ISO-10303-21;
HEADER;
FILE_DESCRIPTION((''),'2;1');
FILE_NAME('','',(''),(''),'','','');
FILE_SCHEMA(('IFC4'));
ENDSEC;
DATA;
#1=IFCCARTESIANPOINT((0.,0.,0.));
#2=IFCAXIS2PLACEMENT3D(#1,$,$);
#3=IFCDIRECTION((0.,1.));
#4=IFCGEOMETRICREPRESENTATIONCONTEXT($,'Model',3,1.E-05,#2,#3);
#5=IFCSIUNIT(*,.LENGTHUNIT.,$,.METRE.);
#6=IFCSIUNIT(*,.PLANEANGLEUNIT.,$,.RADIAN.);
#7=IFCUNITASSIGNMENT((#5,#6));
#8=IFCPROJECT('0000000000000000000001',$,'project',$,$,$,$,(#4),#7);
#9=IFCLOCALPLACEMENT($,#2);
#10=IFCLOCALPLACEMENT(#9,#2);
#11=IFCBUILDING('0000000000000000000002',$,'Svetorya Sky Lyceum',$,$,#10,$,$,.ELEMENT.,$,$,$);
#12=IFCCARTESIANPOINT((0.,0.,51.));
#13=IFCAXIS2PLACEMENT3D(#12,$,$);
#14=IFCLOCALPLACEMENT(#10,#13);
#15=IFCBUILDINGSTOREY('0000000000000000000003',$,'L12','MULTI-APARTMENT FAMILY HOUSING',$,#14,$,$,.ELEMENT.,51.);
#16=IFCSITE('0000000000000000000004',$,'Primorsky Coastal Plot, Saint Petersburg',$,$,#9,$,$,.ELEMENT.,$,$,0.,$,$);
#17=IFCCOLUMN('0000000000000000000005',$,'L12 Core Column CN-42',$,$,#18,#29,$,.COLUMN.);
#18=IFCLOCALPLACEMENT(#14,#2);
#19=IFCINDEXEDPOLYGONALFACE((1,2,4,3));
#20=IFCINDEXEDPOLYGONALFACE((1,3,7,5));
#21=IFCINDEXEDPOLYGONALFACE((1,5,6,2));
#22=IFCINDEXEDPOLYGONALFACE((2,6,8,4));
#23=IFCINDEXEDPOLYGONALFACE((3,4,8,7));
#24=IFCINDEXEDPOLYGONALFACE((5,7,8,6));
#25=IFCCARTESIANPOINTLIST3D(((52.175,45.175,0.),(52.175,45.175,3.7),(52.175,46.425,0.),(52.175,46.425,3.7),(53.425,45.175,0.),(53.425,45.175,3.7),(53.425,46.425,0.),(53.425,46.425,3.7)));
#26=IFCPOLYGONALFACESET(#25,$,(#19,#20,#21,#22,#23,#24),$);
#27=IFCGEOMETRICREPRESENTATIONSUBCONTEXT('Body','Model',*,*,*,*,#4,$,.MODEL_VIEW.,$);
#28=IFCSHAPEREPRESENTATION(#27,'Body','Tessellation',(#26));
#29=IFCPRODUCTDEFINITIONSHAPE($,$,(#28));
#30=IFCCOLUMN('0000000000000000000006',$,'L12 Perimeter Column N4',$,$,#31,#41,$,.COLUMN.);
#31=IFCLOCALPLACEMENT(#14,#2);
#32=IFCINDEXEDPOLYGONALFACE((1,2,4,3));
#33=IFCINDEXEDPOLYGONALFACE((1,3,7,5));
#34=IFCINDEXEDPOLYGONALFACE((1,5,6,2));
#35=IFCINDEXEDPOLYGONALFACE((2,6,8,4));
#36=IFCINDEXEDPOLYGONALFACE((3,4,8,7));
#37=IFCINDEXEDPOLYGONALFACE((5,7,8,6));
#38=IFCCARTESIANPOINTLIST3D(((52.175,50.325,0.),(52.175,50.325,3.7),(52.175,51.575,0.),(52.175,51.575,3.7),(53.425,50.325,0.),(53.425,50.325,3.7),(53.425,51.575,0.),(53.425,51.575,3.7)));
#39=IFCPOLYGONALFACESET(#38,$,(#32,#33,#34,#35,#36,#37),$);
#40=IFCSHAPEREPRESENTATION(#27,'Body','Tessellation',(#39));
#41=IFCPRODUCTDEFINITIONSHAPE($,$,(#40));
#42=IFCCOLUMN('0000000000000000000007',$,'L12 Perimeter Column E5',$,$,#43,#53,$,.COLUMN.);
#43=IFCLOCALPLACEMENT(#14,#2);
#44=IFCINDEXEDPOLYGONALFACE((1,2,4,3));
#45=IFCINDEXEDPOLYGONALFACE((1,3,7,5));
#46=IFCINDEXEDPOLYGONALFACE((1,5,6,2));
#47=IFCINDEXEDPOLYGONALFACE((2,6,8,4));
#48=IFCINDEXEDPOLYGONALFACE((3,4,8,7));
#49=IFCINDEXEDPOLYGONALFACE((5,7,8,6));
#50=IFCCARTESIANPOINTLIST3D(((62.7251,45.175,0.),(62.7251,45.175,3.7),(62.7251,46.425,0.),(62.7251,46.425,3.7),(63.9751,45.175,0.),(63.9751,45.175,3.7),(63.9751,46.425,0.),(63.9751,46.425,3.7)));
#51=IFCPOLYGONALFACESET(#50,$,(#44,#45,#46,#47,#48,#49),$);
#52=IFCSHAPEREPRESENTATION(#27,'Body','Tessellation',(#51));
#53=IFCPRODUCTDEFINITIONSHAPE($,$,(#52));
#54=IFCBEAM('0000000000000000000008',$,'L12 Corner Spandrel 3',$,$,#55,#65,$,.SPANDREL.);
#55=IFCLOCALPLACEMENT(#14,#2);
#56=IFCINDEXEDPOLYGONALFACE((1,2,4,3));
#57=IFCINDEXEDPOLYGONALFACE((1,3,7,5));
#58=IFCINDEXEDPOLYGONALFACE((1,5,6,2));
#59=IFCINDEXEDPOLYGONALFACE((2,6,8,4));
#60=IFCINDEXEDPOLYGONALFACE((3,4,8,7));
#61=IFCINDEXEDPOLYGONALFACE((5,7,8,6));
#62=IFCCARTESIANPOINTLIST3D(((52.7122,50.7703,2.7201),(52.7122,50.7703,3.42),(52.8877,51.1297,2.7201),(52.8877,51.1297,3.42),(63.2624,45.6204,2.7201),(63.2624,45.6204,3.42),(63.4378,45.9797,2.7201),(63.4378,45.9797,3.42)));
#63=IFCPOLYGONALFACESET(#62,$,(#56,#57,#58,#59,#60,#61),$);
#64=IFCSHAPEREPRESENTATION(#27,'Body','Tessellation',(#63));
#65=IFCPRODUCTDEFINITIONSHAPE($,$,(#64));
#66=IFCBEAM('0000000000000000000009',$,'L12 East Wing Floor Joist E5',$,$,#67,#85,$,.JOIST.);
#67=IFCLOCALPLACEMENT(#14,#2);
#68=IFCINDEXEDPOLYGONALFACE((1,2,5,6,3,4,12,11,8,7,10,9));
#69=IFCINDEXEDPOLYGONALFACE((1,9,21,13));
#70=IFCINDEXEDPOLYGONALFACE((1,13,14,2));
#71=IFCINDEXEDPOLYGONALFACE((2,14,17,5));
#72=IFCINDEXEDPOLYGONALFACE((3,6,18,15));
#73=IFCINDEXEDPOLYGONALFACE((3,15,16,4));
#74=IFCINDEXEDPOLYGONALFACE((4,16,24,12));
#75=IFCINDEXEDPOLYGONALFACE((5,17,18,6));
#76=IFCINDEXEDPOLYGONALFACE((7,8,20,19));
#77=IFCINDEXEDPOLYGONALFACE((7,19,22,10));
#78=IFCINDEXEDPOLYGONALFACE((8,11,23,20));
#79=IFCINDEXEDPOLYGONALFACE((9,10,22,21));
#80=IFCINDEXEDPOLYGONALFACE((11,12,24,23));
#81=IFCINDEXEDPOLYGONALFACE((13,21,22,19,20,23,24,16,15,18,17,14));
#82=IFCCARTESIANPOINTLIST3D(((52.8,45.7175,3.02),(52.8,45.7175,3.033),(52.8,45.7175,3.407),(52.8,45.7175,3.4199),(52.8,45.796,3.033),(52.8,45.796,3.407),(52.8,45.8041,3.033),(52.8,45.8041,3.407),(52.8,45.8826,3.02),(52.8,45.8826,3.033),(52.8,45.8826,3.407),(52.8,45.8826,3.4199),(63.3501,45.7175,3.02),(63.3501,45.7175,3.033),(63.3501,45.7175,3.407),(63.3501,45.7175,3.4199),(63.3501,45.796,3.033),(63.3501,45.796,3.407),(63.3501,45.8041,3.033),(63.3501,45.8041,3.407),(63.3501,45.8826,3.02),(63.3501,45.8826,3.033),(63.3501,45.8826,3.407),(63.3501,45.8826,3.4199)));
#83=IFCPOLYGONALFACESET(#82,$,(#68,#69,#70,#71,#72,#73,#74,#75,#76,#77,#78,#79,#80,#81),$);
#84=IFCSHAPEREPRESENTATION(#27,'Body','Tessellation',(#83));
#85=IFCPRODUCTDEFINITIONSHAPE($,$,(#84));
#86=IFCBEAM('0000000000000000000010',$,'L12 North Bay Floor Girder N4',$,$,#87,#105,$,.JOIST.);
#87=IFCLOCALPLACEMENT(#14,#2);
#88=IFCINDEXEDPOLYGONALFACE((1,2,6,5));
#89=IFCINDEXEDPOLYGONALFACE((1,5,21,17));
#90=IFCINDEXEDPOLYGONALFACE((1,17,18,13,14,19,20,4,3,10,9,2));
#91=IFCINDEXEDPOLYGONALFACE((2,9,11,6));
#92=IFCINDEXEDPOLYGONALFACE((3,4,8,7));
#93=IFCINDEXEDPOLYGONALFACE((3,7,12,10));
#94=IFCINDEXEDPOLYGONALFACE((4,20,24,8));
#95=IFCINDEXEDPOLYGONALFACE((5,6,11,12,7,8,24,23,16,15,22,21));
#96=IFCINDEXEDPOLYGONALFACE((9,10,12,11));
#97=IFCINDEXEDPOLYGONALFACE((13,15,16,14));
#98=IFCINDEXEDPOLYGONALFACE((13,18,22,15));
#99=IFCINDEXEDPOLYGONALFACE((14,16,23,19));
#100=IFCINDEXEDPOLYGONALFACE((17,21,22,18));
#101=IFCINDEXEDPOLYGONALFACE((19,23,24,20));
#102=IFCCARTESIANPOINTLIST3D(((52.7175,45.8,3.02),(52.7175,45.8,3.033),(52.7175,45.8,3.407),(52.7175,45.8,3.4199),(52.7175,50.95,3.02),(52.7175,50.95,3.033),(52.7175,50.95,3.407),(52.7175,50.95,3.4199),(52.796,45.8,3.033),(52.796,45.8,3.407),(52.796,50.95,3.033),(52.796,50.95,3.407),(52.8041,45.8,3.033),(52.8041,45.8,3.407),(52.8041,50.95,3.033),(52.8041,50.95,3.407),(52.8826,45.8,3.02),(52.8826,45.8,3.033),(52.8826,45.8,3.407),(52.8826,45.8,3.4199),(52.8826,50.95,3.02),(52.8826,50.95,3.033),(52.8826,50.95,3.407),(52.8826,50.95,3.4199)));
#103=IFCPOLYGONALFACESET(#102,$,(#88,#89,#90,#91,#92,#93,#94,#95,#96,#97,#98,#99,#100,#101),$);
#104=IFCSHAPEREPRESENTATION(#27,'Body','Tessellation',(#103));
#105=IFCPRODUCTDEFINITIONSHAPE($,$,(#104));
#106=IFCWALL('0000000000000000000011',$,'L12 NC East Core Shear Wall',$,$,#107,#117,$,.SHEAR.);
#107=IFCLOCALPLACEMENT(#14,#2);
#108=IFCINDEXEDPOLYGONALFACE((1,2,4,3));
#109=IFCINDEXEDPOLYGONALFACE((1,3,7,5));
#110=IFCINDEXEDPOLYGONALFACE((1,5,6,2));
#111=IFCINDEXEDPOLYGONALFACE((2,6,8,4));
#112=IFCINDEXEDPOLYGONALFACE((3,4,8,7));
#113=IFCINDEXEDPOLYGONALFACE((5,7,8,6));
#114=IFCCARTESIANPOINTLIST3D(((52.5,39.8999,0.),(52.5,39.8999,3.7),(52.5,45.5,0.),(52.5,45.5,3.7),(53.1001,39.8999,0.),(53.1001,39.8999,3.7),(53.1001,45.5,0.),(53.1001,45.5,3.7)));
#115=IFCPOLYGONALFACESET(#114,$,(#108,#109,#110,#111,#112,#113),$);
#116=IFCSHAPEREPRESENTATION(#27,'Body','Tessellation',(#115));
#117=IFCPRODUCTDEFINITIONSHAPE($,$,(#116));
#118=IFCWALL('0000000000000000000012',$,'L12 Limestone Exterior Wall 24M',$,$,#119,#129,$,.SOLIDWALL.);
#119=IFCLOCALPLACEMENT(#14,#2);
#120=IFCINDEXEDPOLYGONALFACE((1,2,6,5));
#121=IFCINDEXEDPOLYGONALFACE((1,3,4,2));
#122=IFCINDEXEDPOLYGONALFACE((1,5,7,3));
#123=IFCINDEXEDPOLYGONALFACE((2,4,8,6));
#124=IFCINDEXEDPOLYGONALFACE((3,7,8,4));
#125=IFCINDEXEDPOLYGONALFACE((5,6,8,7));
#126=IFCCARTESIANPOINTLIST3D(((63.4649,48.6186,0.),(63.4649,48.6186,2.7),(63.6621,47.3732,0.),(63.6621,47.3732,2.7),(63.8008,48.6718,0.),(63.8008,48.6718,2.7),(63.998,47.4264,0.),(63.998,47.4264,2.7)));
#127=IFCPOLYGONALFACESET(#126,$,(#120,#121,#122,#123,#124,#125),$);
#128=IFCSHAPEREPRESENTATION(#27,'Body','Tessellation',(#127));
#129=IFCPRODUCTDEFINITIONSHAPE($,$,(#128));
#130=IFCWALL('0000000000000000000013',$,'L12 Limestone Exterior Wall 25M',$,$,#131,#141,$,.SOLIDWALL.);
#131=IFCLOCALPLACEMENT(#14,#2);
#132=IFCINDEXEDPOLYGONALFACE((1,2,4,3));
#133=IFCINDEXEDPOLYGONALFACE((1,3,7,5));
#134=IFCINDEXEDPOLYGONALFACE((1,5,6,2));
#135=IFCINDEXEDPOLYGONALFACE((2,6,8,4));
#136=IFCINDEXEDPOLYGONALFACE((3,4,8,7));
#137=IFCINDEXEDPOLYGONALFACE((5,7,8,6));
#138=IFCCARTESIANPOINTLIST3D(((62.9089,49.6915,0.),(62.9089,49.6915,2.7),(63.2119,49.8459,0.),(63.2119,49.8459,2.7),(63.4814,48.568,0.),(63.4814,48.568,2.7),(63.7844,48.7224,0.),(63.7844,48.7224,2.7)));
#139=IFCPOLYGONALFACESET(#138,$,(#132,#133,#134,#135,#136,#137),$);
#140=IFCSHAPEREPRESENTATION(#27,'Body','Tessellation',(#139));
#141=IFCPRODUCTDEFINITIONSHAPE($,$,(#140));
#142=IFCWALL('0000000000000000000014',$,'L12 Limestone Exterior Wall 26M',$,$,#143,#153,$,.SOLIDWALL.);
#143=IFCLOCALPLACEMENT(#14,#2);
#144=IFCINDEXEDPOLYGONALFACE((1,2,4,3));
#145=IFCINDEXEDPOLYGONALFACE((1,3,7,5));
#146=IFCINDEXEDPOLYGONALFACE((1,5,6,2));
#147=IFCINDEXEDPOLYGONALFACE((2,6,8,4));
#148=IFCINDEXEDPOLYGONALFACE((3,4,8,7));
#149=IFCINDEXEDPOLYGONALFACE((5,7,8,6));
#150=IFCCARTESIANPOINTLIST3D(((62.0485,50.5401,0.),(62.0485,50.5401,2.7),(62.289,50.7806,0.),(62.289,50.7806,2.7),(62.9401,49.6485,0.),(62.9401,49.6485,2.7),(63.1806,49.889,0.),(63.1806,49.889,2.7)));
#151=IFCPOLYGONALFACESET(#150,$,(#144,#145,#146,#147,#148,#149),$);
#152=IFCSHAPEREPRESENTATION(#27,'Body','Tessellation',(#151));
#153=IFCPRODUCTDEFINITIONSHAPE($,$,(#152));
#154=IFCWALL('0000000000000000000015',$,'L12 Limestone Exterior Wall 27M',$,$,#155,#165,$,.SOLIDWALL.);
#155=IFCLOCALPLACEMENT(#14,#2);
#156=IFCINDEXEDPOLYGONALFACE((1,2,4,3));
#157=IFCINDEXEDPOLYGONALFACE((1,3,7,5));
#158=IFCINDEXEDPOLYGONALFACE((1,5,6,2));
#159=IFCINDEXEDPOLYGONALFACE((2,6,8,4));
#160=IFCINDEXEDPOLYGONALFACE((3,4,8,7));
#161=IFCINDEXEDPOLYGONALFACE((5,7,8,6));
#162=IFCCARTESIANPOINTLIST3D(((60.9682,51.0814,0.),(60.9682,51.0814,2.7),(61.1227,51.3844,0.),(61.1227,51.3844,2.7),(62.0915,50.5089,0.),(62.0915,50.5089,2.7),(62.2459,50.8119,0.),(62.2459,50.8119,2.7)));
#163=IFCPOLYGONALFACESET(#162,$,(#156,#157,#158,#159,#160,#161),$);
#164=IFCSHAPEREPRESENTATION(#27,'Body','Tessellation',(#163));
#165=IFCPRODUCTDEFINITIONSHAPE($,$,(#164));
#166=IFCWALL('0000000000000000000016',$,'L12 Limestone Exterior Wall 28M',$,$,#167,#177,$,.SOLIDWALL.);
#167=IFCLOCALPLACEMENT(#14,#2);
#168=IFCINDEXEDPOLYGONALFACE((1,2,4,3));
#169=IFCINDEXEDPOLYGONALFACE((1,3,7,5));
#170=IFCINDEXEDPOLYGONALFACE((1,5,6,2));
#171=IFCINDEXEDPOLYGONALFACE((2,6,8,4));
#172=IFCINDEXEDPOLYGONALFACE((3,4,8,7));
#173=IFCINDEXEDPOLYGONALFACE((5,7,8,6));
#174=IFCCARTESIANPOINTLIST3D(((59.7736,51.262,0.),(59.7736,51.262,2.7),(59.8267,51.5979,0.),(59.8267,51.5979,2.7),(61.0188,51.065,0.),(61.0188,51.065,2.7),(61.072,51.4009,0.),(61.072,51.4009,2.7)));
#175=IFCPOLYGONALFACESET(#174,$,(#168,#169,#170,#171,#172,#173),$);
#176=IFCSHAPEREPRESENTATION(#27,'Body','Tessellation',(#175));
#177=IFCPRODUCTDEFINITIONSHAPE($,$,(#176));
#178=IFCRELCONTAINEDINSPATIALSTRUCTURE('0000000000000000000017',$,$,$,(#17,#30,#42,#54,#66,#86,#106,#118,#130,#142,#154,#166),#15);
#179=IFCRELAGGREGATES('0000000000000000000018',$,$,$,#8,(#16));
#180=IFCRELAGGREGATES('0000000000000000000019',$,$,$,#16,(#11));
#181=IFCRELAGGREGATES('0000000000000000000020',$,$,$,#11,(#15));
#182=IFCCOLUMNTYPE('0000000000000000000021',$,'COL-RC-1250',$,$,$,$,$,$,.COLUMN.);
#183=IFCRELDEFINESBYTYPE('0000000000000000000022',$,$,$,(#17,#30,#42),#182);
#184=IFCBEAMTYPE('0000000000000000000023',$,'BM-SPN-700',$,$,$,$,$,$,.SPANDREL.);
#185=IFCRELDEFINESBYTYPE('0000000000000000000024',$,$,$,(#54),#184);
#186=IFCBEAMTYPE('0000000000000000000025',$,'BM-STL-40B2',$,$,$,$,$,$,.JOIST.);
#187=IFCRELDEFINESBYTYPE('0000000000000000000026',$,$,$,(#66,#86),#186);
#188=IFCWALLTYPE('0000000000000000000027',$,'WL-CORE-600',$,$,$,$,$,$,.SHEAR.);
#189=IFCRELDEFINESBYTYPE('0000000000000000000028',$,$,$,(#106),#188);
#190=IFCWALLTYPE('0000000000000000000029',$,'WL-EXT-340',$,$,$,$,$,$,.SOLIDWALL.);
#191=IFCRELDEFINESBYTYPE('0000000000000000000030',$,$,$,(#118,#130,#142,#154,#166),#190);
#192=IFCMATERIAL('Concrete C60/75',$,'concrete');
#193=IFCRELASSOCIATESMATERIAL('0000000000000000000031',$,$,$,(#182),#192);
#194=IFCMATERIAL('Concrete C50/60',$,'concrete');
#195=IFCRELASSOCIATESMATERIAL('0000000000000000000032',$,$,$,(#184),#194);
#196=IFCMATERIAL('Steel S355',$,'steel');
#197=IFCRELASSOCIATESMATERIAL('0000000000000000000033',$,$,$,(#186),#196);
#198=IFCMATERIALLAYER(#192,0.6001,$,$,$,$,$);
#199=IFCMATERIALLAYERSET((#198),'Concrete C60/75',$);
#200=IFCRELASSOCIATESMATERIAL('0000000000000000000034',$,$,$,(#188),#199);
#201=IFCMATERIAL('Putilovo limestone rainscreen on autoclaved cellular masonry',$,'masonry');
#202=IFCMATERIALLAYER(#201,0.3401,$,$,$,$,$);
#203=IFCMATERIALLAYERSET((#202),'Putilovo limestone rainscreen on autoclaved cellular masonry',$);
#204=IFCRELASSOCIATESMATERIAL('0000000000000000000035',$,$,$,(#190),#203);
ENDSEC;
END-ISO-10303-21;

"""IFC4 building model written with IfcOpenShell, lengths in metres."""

from ifc_helpers import new_model, si_unit, direction, frame, frame_2d, origin, origin_2d, place, context, subcontext, project, spatial, rectangle, i_section, extrude, material, layer, layer_set, material_profile, profile_set, type_object, element, save


model = new_model("IFC4")

# Units and contexts
model_context = context("Model", 3, precision=1e-05, world=origin(), true_north=direction((0.0, 1.0)))
body_context = subcontext(model_context, "Body", "Model", "MODEL_VIEW")
ifc_project = project(units=[si_unit("LENGTHUNIT", "METRE"), si_unit("PLANEANGLEUNIT", "RADIAN")], contexts=[model_context])

# Site, building, storey
site_placement = place(None, origin())
site = spatial("IfcSite", under=ifc_project, at=site_placement, Name="Primorsky Coastal Plot, Saint Petersburg", CompositionType="ELEMENT", RefElevation=0.0)
building_placement = place(site_placement, origin())
building = spatial("IfcBuilding", under=site, at=building_placement, Name="Svetorya Sky Lyceum", CompositionType="ELEMENT")
storey_placement = place(building_placement, frame((0.0, 0.0, 51.0)))
storey = spatial("IfcBuildingStorey", under=building, at=storey_placement, Name="L12", Description="MULTI-APARTMENT FAMILY HOUSING", CompositionType="ELEMENT", Elevation=51.0)

# Columns
ifc_material_1 = material(Name="Concrete C60/75", Category="concrete")
ifc_material_profile_1 = material_profile(ifc_material_1, rectangle(XDim=1.25, YDim=1.25, at=origin_2d()), Name="RC COL 1250x1250")
ifc_profile_set_1 = profile_set([ifc_material_profile_1], Name="Concrete C60/75")
column_type = type_object("IfcColumnType", Name="COL-RC-1250", PredefinedType="COLUMN", material=ifc_profile_set_1)
for number, where, z_axis, x_axis, name in (
    (1, (52.8, 45.8, 0.0), (0.0, 0.0, 1.0), (1.0, 0.0, 0.0), "L12 Core Column CN-42"),
    (2, (52.8, 50.95, 0.0), (0.0, 0.0, 1.0), (1.0, 0.0, 0.0), "L12 Perimeter Column N4"),
    (3, (63.3501, 45.8, 0.0), (0.0, 0.0, 1.0), (1.0, 0.0, 0.0), "L12 Perimeter Column E5"),
):
    element("IfcColumn", number, at=place(storey_placement, frame(where, z_axis=z_axis, x_axis=x_axis)), inside=storey, type_object=column_type, Name=name, PredefinedType="COLUMN", context=body_context, shape_type="SweptSolid", body=[
        extrude(rectangle(XDim=1.25, YDim=1.25, at=origin_2d()), origin(), (0.0, 0.0, 1.0), 3.7),
    ])

# Beams
ifc_material_2 = material(Name="Concrete C50/60", Category="concrete")
ifc_material_profile_2 = material_profile(ifc_material_2, rectangle(XDim=0.3999, YDim=0.7, at=origin_2d()), Name="RC SPANDREL 400x700")
ifc_profile_set_2 = profile_set([ifc_material_profile_2], Name="Concrete C50/60")
beam_type_1 = type_object("IfcBeamType", Name="BM-SPN-700", PredefinedType="SPANDREL", material=ifc_profile_set_2)
beam_1_placement = place(storey_placement, frame((63.3501, 45.8, 3.0701), z_axis=(-0.89865, 0.438667, 0.0), x_axis=(-0.438667, -0.89865, 0.0)))
element("IfcBeam", 4, at=beam_1_placement, inside=storey, type_object=beam_type_1, Name="L12 Corner Spandrel 3", PredefinedType="SPANDREL", context=body_context, shape_type="SweptSolid", body=[
    extrude(rectangle(XDim=0.3999, YDim=0.7, at=origin_2d()), origin(), (0.0, 0.0, 1.0), 11.74),
])
ifc_material_3 = material(Name="Steel S355", Category="steel")
ifc_material_profile_3 = material_profile(ifc_material_3, i_section(OverallWidth=0.165, OverallDepth=0.3999, WebThickness=0.0081, FlangeThickness=0.0129, at=origin_2d()), Name="GOST 40B2")
ifc_profile_set_3 = profile_set([ifc_material_profile_3], Name="Steel S355")
beam_type_2 = type_object("IfcBeamType", Name="BM-STL-40B2", PredefinedType="JOIST", material=ifc_profile_set_3)
beam_2_placement = place(storey_placement, frame((52.8, 45.8, 3.22), z_axis=(1.0, 0.0, 0.0), x_axis=(0.0, 1.0, 0.0)))
element("IfcBeam", 5, at=beam_2_placement, inside=storey, type_object=beam_type_2, Name="L12 East Wing Floor Joist E5", PredefinedType="JOIST", context=body_context, shape_type="SweptSolid", body=[
    extrude(i_section(OverallWidth=0.165, OverallDepth=0.3999, WebThickness=0.0081, FlangeThickness=0.0129, at=origin_2d()), origin(), (0.0, 0.0, 1.0), 10.55),
])
beam_3_placement = place(storey_placement, frame((52.8, 45.8, 3.22), z_axis=(0.0, 1.0, 0.0), x_axis=(-1.0, 0.0, 0.0)))
element("IfcBeam", 6, at=beam_3_placement, inside=storey, type_object=beam_type_2, Name="L12 North Bay Floor Girder N4", PredefinedType="JOIST", context=body_context, shape_type="SweptSolid", body=[
    extrude(i_section(OverallWidth=0.165, OverallDepth=0.3999, WebThickness=0.0081, FlangeThickness=0.0129, at=origin_2d()), origin(), (0.0, 0.0, 1.0), 5.1499),
])

# Walls
ifc_layer_1 = layer(ifc_material_1, 0.6001)
ifc_layer_set_1 = layer_set([ifc_layer_1], Name="Concrete C60/75")
wall_type_1 = type_object("IfcWallType", Name="WL-CORE-600", PredefinedType="SHEAR", material=ifc_layer_set_1)
wall_1_placement = place(storey_placement, frame((52.8, 39.8999, 0.0), z_axis=(0.0, 0.0, 1.0), x_axis=(0.0, 1.0, 0.0)))
element("IfcWall", 7, at=wall_1_placement, inside=storey, type_object=wall_type_1, Name="L12 NC East Core Shear Wall", PredefinedType="SHEAR", context=body_context, shape_type="SweptSolid", body=[
    extrude(rectangle(XDim=5.6001, YDim=0.6001, at=frame_2d((2.8, 0.0))), origin(), (0.0, 0.0, 1.0), 3.7),
])
ifc_material_4 = material(Name="Putilovo limestone rainscreen on autoclaved cellular masonry", Category="masonry")
ifc_layer_2 = layer(ifc_material_4, 0.3401)
ifc_layer_set_2 = layer_set([ifc_layer_2], Name="Putilovo limestone rainscreen on autoclaved cellular masonry")
wall_type_2 = type_object("IfcWallType", Name="WL-EXT-340", PredefinedType="SOLIDWALL", material=ifc_layer_set_2)
for number, where, z_axis, x_axis, name in (
    (8, (63.8301, 47.3999, 0.0), (0.0, 0.0, 1.0), (-0.15645, 0.987686, 0.0), "L12 Limestone Exterior Wall 24M"),
    (9, (63.6328, 48.6453, 0.0), (0.0, 0.0, 1.0), (-0.454016, 0.890994, 0.0), "L12 Limestone Exterior Wall 25M"),
    (10, (63.0603, 49.7688, 0.0), (0.0, 0.0, 1.0), (-0.707107, 0.707107, 0.0), "L12 Limestone Exterior Wall 26M"),
):
    element("IfcWall", number, at=place(storey_placement, frame(where, z_axis=z_axis, x_axis=x_axis)), inside=storey, type_object=wall_type_2, Name=name, PredefinedType="SOLIDWALL", context=body_context, shape_type="SweptSolid", body=[
        extrude(rectangle(XDim=1.261, YDim=0.3401, at=frame_2d((0.6304, 0.0))), origin(), (0.0, 0.0, 1.0), 2.7),
    ])
for number, where, z_axis, x_axis, name in (
    (11, (62.1687, 50.6604, 0.0), (0.0, 0.0, 1.0), (-0.890954, 0.454094, 0.0), "L12 Limestone Exterior Wall 27M"),
    (12, (61.0454, 51.2329, 0.0), (0.0, 0.0, 1.0), (-0.987716, 0.156261, 0.0), "L12 Limestone Exterior Wall 28M"),
):
    element("IfcWall", number, at=place(storey_placement, frame(where, z_axis=z_axis, x_axis=x_axis)), inside=storey, type_object=wall_type_2, Name=name, PredefinedType="SOLIDWALL", context=body_context, shape_type="SweptSolid", body=[
        extrude(rectangle(XDim=1.2607, YDim=0.3401, at=frame_2d((0.6304, 0.0))), origin(), (0.0, 0.0, 1.0), 2.7),
    ])

save(model, "model.ifc")
